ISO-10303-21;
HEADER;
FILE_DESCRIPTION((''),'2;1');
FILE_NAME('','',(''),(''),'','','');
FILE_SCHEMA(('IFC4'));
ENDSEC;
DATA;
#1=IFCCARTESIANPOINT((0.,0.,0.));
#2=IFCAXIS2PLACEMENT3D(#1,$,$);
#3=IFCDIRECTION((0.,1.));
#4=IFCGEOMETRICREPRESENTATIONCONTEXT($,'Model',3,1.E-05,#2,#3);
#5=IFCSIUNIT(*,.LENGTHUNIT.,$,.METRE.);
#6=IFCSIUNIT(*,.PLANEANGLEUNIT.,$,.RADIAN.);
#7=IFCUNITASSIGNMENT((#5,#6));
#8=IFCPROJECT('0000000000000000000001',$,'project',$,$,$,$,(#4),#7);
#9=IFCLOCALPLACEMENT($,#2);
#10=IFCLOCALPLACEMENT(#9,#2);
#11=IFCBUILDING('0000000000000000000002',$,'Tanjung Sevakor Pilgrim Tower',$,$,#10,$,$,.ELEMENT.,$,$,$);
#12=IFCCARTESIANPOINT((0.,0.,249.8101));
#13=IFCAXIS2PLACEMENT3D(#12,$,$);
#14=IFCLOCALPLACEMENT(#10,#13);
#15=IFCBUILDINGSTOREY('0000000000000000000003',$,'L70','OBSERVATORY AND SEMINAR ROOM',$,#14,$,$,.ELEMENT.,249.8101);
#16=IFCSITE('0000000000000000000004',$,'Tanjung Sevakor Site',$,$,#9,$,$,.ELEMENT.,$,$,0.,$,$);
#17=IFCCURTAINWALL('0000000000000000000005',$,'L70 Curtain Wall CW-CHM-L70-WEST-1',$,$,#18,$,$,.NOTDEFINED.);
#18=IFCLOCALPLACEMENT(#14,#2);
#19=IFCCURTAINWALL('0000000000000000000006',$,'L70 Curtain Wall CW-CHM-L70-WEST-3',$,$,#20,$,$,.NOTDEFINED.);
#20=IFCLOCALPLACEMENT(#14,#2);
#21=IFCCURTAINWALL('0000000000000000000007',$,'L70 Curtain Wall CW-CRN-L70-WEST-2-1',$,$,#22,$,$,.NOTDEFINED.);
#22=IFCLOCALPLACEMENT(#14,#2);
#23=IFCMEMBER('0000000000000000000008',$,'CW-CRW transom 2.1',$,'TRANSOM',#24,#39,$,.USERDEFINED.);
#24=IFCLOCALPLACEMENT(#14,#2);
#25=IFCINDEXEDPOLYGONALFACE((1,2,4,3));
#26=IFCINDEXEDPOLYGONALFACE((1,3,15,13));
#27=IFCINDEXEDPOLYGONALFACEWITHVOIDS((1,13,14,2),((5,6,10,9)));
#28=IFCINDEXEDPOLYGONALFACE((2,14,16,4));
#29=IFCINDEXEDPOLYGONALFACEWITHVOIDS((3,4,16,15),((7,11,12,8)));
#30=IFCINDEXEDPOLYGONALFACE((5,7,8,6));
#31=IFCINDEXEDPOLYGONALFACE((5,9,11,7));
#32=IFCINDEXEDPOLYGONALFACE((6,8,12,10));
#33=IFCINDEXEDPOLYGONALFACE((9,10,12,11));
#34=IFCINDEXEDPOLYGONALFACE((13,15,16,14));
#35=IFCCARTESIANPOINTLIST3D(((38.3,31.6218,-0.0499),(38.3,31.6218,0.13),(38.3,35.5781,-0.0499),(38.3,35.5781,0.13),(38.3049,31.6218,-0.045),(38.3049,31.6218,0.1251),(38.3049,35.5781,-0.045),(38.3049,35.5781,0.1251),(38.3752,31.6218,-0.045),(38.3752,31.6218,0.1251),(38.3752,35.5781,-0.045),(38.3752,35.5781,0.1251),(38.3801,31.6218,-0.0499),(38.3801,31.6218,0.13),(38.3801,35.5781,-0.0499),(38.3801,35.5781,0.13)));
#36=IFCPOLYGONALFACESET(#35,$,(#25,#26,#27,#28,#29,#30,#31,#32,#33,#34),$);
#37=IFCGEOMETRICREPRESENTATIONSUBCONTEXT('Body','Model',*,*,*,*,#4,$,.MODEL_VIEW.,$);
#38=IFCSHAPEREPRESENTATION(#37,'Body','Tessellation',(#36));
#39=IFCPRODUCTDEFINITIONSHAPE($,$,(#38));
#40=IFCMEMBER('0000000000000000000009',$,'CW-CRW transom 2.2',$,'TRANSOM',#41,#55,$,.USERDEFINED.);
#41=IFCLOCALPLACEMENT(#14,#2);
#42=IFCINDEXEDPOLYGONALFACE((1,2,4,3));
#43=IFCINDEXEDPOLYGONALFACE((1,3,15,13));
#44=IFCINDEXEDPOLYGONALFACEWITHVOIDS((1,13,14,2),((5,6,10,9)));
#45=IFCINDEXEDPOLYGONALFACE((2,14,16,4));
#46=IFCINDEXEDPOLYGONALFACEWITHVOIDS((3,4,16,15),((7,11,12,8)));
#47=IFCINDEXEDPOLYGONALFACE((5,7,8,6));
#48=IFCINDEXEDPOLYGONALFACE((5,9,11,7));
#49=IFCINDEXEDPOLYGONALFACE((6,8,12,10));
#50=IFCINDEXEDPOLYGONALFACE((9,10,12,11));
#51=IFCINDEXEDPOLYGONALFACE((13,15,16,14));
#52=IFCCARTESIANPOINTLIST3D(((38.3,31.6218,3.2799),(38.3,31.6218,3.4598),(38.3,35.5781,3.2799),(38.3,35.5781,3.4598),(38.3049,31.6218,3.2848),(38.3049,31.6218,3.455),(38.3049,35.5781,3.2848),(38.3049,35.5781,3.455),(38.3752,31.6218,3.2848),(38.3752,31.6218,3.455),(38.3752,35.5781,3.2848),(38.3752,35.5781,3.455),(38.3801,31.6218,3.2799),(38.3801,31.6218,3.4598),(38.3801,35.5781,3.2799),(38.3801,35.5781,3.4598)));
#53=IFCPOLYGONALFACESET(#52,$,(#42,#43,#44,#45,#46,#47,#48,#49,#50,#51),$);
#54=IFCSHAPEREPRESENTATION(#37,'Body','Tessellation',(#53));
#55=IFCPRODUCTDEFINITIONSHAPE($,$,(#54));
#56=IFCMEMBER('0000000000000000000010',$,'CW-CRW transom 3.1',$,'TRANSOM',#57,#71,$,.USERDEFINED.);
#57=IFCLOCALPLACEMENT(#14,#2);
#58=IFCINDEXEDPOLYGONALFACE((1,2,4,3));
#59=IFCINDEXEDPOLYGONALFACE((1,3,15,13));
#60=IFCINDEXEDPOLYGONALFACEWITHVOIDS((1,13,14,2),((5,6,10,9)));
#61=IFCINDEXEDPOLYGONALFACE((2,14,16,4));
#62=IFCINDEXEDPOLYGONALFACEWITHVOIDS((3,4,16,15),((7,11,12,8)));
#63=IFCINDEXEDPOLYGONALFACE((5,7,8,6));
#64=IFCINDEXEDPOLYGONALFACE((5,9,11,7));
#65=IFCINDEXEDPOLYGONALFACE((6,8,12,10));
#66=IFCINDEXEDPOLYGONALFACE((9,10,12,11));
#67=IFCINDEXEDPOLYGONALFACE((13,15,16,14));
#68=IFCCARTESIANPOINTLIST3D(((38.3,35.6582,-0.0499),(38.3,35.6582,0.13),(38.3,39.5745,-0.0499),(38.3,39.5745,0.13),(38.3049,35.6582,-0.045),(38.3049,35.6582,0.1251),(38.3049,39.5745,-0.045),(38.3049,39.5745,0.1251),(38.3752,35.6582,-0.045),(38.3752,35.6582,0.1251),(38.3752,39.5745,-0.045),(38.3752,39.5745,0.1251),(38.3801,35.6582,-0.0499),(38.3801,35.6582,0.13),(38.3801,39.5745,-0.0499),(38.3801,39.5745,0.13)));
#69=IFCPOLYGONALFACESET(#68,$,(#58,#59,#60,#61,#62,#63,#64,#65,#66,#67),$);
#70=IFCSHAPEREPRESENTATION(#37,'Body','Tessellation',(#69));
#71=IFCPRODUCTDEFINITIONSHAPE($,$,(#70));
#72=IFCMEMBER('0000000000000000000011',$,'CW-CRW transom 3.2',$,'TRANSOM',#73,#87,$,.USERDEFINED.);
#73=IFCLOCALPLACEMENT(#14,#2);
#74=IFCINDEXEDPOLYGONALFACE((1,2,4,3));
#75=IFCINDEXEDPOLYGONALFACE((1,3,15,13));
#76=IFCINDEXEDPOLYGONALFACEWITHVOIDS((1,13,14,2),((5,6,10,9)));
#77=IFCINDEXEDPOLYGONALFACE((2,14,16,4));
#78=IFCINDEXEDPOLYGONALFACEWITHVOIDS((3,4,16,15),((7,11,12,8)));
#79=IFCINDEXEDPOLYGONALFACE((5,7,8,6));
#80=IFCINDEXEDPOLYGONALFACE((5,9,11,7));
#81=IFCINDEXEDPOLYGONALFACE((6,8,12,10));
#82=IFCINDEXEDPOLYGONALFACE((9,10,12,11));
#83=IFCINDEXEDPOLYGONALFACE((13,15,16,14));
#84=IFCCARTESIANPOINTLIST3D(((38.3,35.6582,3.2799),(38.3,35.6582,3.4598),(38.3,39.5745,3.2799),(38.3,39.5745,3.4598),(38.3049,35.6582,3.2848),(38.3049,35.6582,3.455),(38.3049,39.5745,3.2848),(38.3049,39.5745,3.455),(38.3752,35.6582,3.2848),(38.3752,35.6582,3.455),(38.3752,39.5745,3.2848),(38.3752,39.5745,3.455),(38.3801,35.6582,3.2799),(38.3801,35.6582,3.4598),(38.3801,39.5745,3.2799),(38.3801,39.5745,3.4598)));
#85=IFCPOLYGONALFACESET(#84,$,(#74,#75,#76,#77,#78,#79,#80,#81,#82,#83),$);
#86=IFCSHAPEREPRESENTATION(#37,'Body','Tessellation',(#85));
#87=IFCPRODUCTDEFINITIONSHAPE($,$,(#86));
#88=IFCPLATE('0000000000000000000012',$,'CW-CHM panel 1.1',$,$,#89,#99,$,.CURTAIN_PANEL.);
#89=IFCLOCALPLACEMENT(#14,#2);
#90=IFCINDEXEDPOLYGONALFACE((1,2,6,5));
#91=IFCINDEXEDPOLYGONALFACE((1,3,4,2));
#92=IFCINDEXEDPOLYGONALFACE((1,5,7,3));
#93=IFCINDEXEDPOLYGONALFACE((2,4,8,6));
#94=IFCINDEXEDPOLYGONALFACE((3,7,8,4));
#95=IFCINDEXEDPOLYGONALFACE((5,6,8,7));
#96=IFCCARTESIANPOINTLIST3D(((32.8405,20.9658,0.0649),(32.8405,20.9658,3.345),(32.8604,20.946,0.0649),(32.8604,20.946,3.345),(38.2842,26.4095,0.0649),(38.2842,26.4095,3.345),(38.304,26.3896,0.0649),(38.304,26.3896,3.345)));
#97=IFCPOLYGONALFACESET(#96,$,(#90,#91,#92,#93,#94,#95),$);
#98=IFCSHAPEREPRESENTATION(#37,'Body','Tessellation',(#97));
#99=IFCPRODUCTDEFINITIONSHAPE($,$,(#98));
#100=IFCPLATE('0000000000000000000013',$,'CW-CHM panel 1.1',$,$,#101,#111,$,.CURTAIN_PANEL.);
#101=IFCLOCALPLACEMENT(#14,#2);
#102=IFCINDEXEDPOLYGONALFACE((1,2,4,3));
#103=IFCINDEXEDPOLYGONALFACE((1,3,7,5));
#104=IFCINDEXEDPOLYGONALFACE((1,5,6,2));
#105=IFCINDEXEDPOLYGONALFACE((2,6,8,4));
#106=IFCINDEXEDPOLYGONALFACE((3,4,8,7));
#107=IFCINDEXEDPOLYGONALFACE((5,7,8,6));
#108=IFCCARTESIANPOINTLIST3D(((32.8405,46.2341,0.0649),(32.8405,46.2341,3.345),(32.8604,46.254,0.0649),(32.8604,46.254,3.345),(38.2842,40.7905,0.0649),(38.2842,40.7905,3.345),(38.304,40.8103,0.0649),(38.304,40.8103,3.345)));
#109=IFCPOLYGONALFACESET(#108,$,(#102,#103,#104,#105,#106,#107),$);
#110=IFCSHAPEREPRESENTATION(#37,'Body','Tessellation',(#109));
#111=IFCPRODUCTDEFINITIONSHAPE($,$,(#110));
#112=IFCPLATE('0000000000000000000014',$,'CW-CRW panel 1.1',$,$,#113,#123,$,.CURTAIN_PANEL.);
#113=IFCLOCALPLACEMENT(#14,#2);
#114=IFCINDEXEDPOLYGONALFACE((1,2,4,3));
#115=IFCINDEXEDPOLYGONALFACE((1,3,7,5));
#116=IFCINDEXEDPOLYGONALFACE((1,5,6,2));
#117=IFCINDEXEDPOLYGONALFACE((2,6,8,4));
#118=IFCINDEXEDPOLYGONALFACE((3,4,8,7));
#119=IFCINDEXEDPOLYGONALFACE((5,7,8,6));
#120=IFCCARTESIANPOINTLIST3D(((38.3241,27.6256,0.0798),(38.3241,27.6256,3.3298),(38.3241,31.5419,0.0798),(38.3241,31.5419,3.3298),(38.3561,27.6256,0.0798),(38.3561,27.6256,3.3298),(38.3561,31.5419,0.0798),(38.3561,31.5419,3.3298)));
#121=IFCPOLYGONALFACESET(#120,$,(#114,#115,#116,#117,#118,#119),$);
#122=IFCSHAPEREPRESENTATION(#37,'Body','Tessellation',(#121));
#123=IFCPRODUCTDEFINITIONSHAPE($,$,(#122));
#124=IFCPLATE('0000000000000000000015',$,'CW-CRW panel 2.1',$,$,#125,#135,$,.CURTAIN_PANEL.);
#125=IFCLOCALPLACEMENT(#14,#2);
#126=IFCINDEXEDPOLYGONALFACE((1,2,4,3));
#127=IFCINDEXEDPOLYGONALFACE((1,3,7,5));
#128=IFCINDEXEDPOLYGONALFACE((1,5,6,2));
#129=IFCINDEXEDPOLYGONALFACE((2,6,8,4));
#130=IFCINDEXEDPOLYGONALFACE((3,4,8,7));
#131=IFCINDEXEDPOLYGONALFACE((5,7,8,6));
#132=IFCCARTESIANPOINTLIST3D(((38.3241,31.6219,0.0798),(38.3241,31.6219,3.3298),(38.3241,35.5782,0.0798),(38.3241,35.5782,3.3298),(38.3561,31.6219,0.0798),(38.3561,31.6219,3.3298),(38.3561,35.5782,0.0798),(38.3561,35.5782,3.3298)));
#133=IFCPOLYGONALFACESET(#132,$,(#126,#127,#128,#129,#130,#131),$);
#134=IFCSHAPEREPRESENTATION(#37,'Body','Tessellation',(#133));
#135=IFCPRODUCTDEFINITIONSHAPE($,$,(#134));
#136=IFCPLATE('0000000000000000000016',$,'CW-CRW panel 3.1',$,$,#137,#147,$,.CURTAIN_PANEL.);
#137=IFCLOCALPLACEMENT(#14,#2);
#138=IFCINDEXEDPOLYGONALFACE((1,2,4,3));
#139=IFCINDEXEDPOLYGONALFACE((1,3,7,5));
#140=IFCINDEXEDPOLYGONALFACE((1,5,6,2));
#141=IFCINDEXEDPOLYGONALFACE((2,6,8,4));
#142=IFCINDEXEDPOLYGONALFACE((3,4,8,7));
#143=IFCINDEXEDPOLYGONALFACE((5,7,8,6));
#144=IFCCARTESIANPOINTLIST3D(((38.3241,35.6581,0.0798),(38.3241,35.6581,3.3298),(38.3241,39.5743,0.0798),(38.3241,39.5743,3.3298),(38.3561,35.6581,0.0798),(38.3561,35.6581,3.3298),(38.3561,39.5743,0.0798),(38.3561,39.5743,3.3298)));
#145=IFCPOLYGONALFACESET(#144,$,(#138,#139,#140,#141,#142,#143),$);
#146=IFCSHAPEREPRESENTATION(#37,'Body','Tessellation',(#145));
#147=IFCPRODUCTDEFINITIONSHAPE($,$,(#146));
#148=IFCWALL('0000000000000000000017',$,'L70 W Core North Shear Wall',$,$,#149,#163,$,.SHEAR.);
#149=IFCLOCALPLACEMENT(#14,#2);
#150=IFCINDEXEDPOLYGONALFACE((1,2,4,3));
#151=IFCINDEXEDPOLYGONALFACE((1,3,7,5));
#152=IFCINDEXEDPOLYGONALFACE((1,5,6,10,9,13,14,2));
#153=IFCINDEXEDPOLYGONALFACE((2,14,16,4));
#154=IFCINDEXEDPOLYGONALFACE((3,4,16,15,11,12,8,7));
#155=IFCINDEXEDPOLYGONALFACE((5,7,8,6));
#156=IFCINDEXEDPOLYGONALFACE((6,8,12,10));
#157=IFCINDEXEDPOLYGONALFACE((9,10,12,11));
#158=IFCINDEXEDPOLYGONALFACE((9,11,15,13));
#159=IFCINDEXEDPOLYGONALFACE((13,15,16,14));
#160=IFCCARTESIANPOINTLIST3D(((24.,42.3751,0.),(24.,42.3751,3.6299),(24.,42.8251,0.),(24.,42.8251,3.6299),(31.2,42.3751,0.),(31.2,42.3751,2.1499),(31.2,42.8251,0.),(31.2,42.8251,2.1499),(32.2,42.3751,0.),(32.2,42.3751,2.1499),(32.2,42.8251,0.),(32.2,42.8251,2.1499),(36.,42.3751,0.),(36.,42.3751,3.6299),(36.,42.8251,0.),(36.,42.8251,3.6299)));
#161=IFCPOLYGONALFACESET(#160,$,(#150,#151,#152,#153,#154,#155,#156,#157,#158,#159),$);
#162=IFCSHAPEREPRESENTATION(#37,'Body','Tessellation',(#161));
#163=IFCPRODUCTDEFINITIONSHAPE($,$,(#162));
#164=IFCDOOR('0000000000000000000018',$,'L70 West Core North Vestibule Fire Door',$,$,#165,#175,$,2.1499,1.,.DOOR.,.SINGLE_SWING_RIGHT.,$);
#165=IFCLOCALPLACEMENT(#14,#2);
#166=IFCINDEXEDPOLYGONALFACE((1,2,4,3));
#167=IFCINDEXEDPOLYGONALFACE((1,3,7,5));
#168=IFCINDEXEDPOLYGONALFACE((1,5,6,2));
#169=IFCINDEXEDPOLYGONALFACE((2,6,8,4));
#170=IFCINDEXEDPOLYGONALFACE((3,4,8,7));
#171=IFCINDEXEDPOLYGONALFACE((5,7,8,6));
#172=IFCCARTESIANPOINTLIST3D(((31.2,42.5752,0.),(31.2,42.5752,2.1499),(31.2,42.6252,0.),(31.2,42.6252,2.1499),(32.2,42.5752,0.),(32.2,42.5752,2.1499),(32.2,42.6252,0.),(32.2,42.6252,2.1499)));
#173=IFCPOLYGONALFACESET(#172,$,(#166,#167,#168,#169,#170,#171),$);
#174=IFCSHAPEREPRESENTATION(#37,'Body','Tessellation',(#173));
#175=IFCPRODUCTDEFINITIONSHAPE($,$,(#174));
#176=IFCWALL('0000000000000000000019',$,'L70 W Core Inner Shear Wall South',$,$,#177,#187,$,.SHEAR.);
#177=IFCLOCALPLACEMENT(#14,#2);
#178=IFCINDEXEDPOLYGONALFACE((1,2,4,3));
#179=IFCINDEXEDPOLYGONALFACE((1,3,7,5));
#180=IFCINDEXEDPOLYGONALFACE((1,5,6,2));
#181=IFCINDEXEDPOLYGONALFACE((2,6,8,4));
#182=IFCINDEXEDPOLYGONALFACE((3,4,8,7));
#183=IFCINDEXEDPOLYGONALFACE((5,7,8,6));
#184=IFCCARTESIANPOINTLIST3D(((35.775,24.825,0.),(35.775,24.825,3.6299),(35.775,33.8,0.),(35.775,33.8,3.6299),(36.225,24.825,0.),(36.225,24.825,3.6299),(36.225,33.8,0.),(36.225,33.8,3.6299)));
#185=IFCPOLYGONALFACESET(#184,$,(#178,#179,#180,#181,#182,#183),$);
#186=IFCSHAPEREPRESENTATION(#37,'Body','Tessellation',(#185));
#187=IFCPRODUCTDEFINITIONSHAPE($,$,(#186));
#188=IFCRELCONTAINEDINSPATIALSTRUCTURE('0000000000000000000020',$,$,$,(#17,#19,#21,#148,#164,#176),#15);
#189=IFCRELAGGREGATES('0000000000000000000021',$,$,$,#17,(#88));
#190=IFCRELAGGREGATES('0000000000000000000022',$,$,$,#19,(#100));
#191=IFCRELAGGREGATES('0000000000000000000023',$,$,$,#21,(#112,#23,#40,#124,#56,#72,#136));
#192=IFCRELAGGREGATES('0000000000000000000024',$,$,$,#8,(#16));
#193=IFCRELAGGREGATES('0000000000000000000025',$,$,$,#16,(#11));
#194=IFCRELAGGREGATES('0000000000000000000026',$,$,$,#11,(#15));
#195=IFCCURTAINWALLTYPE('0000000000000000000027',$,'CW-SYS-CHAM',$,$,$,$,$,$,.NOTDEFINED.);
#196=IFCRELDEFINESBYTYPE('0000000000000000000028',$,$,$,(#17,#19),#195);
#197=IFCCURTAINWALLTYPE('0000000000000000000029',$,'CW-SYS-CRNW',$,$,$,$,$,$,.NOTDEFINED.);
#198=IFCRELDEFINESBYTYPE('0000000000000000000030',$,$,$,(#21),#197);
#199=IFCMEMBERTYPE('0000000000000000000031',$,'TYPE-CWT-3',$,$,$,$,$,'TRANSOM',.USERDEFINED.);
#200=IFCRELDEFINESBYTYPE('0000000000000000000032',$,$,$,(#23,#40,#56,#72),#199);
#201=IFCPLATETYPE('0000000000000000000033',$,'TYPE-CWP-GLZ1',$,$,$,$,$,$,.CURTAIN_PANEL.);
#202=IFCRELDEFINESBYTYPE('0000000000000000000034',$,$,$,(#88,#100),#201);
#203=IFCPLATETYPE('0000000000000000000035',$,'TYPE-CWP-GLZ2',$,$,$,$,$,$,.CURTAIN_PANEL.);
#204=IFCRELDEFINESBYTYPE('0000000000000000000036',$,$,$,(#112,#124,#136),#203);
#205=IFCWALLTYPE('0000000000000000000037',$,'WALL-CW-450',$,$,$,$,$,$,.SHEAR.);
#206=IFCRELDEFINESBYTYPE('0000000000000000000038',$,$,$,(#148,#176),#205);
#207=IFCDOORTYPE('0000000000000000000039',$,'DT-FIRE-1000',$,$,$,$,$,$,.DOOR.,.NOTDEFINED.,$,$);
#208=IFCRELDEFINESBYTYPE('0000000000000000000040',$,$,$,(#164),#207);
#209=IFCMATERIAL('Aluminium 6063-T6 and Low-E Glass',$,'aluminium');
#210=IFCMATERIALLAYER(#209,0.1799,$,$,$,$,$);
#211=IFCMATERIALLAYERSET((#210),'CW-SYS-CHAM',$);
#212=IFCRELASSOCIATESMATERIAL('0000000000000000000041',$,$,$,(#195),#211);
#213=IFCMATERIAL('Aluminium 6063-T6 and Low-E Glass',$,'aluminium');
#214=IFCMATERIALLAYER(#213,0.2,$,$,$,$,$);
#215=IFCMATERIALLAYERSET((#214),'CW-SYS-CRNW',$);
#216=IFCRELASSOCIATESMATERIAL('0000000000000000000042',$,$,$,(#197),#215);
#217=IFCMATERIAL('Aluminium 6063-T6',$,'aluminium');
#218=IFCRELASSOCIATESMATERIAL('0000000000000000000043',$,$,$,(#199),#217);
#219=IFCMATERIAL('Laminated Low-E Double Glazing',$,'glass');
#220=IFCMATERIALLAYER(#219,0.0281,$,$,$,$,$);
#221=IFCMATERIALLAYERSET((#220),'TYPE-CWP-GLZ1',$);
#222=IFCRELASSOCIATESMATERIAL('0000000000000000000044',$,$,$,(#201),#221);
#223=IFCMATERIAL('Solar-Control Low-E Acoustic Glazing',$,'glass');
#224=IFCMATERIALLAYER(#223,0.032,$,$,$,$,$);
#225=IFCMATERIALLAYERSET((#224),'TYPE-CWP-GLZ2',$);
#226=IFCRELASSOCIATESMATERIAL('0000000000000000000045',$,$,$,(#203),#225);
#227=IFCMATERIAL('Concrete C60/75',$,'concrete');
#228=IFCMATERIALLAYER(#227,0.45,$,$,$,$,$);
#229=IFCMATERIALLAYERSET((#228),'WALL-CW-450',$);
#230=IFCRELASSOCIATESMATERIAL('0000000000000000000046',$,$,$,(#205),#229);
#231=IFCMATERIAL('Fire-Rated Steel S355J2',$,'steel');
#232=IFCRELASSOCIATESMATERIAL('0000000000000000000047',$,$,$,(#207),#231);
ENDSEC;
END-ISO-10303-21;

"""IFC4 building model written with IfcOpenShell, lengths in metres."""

from ifc_helpers import new_model, si_unit, direction, frame, frame_2d, origin, origin_2d, place, context, subcontext, project, spatial, rectangle, hollow_rectangle, extrude, material, layer, layer_set, material_profile, profile_set, type_object, element, fill, aggregate, save


model = new_model("IFC4")

# Units and contexts
model_context = context("Model", 3, precision=1e-05, world=origin(), true_north=direction((0.0, 1.0)))
body_context = subcontext(model_context, "Body", "Model", "MODEL_VIEW")
ifc_project = project(units=[si_unit("LENGTHUNIT", "METRE"), si_unit("PLANEANGLEUNIT", "RADIAN")], contexts=[model_context])

# Site, building, storey
site_placement = place(None, origin())
site = spatial("IfcSite", under=ifc_project, at=site_placement, Name="Tanjung Sevakor Site", CompositionType="ELEMENT", RefElevation=0.0)
building_placement = place(site_placement, origin())
building = spatial("IfcBuilding", under=site, at=building_placement, Name="Tanjung Sevakor Pilgrim Tower", CompositionType="ELEMENT")
storey_placement = place(building_placement, frame((0.0, 0.0, 249.8101)))
storey = spatial("IfcBuildingStorey", under=building, at=storey_placement, Name="L70", Description="OBSERVATORY AND SEMINAR ROOM", CompositionType="ELEMENT", Elevation=249.8101)

# Curtain walls
ifc_material_1 = material(Name="Aluminium 6063-T6 and Low-E Glass", Category="aluminium")
ifc_layer_1 = layer(ifc_material_1, 0.1799)
ifc_layer_set_1 = layer_set([ifc_layer_1], Name="CW-SYS-CHAM")
curtain_wall_type_1 = type_object("IfcCurtainWallType", Name="CW-SYS-CHAM", PredefinedType="NOTDEFINED", material=ifc_layer_set_1)
curtain_wall_1_placement = place(storey_placement, origin())
curtain_wall_1 = element("IfcCurtainWall", 1, at=curtain_wall_1_placement, inside=storey, type_object=curtain_wall_type_1, Name="L70 Curtain Wall CW-CHM-L70-WEST-1", PredefinedType="NOTDEFINED")
curtain_wall_2_placement = place(storey_placement, origin())
curtain_wall_2 = element("IfcCurtainWall", 2, at=curtain_wall_2_placement, inside=storey, type_object=curtain_wall_type_1, Name="L70 Curtain Wall CW-CHM-L70-WEST-3", PredefinedType="NOTDEFINED")

# Curtain wall
ifc_material_2 = material(Name="Aluminium 6063-T6 and Low-E Glass", Category="aluminium")
ifc_layer_2 = layer(ifc_material_2, 0.2)
ifc_layer_set_2 = layer_set([ifc_layer_2], Name="CW-SYS-CRNW")
curtain_wall_type_2 = type_object("IfcCurtainWallType", Name="CW-SYS-CRNW", PredefinedType="NOTDEFINED", material=ifc_layer_set_2)
curtain_wall_3_placement = place(storey_placement, origin())
curtain_wall_3 = element("IfcCurtainWall", 3, at=curtain_wall_3_placement, inside=storey, type_object=curtain_wall_type_2, Name="L70 Curtain Wall CW-CRN-L70-WEST-2-1", PredefinedType="NOTDEFINED")

# Members
ifc_material_3 = material(Name="Aluminium 6063-T6", Category="aluminium")
ifc_material_profile_1 = material_profile(ifc_material_3, hollow_rectangle(XDim=0.0801, YDim=0.1799, WallThickness=0.0049, at=origin_2d()))
ifc_profile_set_1 = profile_set([ifc_material_profile_1], Name="Aluminium 6063-T6")
member_type_1 = type_object("IfcMemberType", Name="TYPE-CWT-3", ElementType="TRANSOM", PredefinedType="USERDEFINED", material=ifc_profile_set_1)
member_1_placement = place(storey_placement, frame((38.3401, 31.6218, 0.04), z_axis=(0.0, 1.0, 0.0), x_axis=(-1.0, 0.0, 0.0)))
member_1 = element("IfcMember", 4, at=member_1_placement, type_object=member_type_1, Name="CW-CRW transom 2.1", ObjectType="TRANSOM", PredefinedType="USERDEFINED", context=body_context, shape_type="SweptSolid", body=[
    extrude(hollow_rectangle(XDim=0.0801, YDim=0.1799, WallThickness=0.0049, at=origin_2d()), origin(), (0.0, 0.0, 1.0), 3.9563),
])
member_2_placement = place(storey_placement, frame((38.3401, 31.6218, 3.3699), z_axis=(0.0, 1.0, 0.0), x_axis=(-1.0, 0.0, 0.0)))
member_2 = element("IfcMember", 5, at=member_2_placement, type_object=member_type_1, Name="CW-CRW transom 2.2", ObjectType="TRANSOM", PredefinedType="USERDEFINED", context=body_context, shape_type="SweptSolid", body=[
    extrude(hollow_rectangle(XDim=0.0801, YDim=0.1799, WallThickness=0.0049, at=origin_2d()), origin(), (0.0, 0.0, 1.0), 3.9563),
])
member_3_placement = place(storey_placement, frame((38.3401, 35.6582, 0.04), z_axis=(0.0, 1.0, 0.0), x_axis=(-1.0, 0.0, 0.0)))
member_3 = element("IfcMember", 6, at=member_3_placement, type_object=member_type_1, Name="CW-CRW transom 3.1", ObjectType="TRANSOM", PredefinedType="USERDEFINED", context=body_context, shape_type="SweptSolid", body=[
    extrude(hollow_rectangle(XDim=0.0801, YDim=0.1799, WallThickness=0.0049, at=origin_2d()), origin(), (0.0, 0.0, 1.0), 3.9163),
])
member_4_placement = place(storey_placement, frame((38.3401, 35.6582, 3.3699), z_axis=(0.0, 1.0, 0.0), x_axis=(-1.0, 0.0, 0.0)))
member_4 = element("IfcMember", 7, at=member_4_placement, type_object=member_type_1, Name="CW-CRW transom 3.2", ObjectType="TRANSOM", PredefinedType="USERDEFINED", context=body_context, shape_type="SweptSolid", body=[
    extrude(hollow_rectangle(XDim=0.0801, YDim=0.1799, WallThickness=0.0049, at=origin_2d()), origin(), (0.0, 0.0, 1.0), 3.9163),
])

# Plates
ifc_material_4 = material(Name="Laminated Low-E Double Glazing", Category="glass")
ifc_layer_3 = layer(ifc_material_4, 0.0281)
ifc_layer_set_3 = layer_set([ifc_layer_3], Name="TYPE-CWP-GLZ1")
plate_type_1 = type_object("IfcPlateType", Name="TYPE-CWP-GLZ1", PredefinedType="CURTAIN_PANEL", material=ifc_layer_set_3)
plate_1_placement = place(storey_placement, frame((35.5723, 23.6777, 0.0649), z_axis=(0.0, 0.0, 1.0), x_axis=(0.707107, 0.707107, 0.0)))
plate_1 = element("IfcPlate", 8, at=plate_1_placement, type_object=plate_type_1, Name="CW-CHM panel 1.1", PredefinedType="CURTAIN_PANEL", context=body_context, shape_type="SweptSolid", body=[
    extrude(rectangle(XDim=7.6985, YDim=0.0281, at=origin_2d()), origin(), (0.0, 0.0, 1.0), 3.28),
])
aggregate(curtain_wall_1, [plate_1])
plate_2_placement = place(storey_placement, frame((35.5723, 43.5222, 0.0649), z_axis=(0.0, 0.0, 1.0), x_axis=(-0.707107, 0.707107, 0.0)))
plate_2 = element("IfcPlate", 9, at=plate_2_placement, type_object=plate_type_1, Name="CW-CHM panel 1.1", PredefinedType="CURTAIN_PANEL", context=body_context, shape_type="SweptSolid", body=[
    extrude(rectangle(XDim=7.6985, YDim=0.0281, at=origin_2d()), origin(), (0.0, 0.0, 1.0), 3.28),
])
aggregate(curtain_wall_2, [plate_2])
ifc_material_5 = material(Name="Solar-Control Low-E Acoustic Glazing", Category="glass")
ifc_layer_4 = layer(ifc_material_5, 0.032)
ifc_layer_set_4 = layer_set([ifc_layer_4], Name="TYPE-CWP-GLZ2")
plate_type_2 = type_object("IfcPlateType", Name="TYPE-CWP-GLZ2", PredefinedType="CURTAIN_PANEL", material=ifc_layer_set_4)
plate_3_placement = place(storey_placement, frame((38.3401, 29.5837, 0.0798), z_axis=(0.0, 0.0, 1.0), x_axis=(0.0, 1.0, 0.0)))
plate_3 = element("IfcPlate", 10, at=plate_3_placement, type_object=plate_type_2, Name="CW-CRW panel 1.1", PredefinedType="CURTAIN_PANEL", context=body_context, shape_type="SweptSolid", body=[
    extrude(rectangle(XDim=3.9163, YDim=0.032, at=origin_2d()), origin(), (0.0, 0.0, 1.0), 3.25),
])
plate_4_placement = place(storey_placement, frame((38.3401, 33.6001, 0.0798), z_axis=(0.0, 0.0, 1.0), x_axis=(0.0, 1.0, 0.0)))
plate_4 = element("IfcPlate", 11, at=plate_4_placement, type_object=plate_type_2, Name="CW-CRW panel 2.1", PredefinedType="CURTAIN_PANEL", context=body_context, shape_type="SweptSolid", body=[
    extrude(rectangle(XDim=3.9563, YDim=0.032, at=origin_2d()), origin(), (0.0, 0.0, 1.0), 3.25),
])
plate_5_placement = place(storey_placement, frame((38.3401, 37.6162, 0.0798), z_axis=(0.0, 0.0, 1.0), x_axis=(0.0, 1.0, 0.0)))
plate_5 = element("IfcPlate", 12, at=plate_5_placement, type_object=plate_type_2, Name="CW-CRW panel 3.1", PredefinedType="CURTAIN_PANEL", context=body_context, shape_type="SweptSolid", body=[
    extrude(rectangle(XDim=3.9163, YDim=0.032, at=origin_2d()), origin(), (0.0, 0.0, 1.0), 3.25),
])
aggregate(curtain_wall_3, [plate_3, member_1, member_2, plate_4, member_3, member_4, plate_5])

# Wall, opening, door
ifc_material_6 = material(Name="Concrete C60/75", Category="concrete")
ifc_layer_5 = layer(ifc_material_6, 0.45)
ifc_layer_set_5 = layer_set([ifc_layer_5], Name="WALL-CW-450")
wall_type_1 = type_object("IfcWallType", Name="WALL-CW-450", PredefinedType="SHEAR", material=ifc_layer_set_5)
wall_1_placement = place(storey_placement, frame((36.0, 42.6001, 0.0), z_axis=(0.0, 0.0, 1.0), x_axis=(-1.0, 0.0, 0.0)))
wall_1 = element("IfcWall", 13, at=wall_1_placement, inside=storey, type_object=wall_type_1, Name="L70 W Core North Shear Wall", PredefinedType="SHEAR", context=body_context, shape_type="SweptSolid", body=[
    extrude(rectangle(XDim=12.0, YDim=0.45, at=frame_2d((6.0, 0.0))), origin(), (0.0, 0.0, 1.0), 3.6299),
])
opening_placement = place(wall_1_placement, frame((3.8, 0.0, 0.0)))
opening = element("IfcOpeningElement", 14, at=opening_placement, cuts=wall_1, PredefinedType="OPENING", context=body_context, shape_type="SweptSolid", body=[
    extrude(rectangle(XDim=1.0, YDim=2.1499, at=frame_2d((0.5, 1.075))), frame((0.0, 0.2349, 0.0), z_axis=(0.0, -1.0, 0.0), x_axis=(1.0, 0.0, 0.0)), (0.0, 0.0, 1.0), 0.47),
])
ifc_material_7 = material(Name="Fire-Rated Steel S355J2", Category="steel")
door_type = type_object("IfcDoorType", Name="DT-FIRE-1000", OperationType="NOTDEFINED", PredefinedType="DOOR", material=ifc_material_7)
door_placement = place(opening_placement, origin())
door = element("IfcDoor", 15, at=door_placement, inside=storey, type_object=door_type, Name="L70 West Core North Vestibule Fire Door", OperationType="SINGLE_SWING_RIGHT", OverallHeight=2.1499, OverallWidth=1.0, PredefinedType="DOOR", context=body_context, shape_type="SweptSolid", body=[
    extrude(rectangle(XDim=1.0, YDim=2.1499, at=frame_2d((0.5, 1.075))), frame((0.0, 0.0249, 0.0), z_axis=(0.0, -1.0, 0.0), x_axis=(1.0, 0.0, 0.0)), (0.0, 0.0, 1.0), 0.05),
])
fill(opening, door)

# Wall
wall_2_placement = place(storey_placement, frame((36.0, 24.825, 0.0), z_axis=(0.0, 0.0, 1.0), x_axis=(0.0, 1.0, 0.0)))
element("IfcWall", 16, at=wall_2_placement, inside=storey, type_object=wall_type_1, Name="L70 W Core Inner Shear Wall South", PredefinedType="SHEAR", context=body_context, shape_type="SweptSolid", body=[
    extrude(rectangle(XDim=8.9751, YDim=0.45, at=frame_2d((4.4875, 0.0))), origin(), (0.0, 0.0, 1.0), 3.6299),
])

save(model, "model.ifc")
